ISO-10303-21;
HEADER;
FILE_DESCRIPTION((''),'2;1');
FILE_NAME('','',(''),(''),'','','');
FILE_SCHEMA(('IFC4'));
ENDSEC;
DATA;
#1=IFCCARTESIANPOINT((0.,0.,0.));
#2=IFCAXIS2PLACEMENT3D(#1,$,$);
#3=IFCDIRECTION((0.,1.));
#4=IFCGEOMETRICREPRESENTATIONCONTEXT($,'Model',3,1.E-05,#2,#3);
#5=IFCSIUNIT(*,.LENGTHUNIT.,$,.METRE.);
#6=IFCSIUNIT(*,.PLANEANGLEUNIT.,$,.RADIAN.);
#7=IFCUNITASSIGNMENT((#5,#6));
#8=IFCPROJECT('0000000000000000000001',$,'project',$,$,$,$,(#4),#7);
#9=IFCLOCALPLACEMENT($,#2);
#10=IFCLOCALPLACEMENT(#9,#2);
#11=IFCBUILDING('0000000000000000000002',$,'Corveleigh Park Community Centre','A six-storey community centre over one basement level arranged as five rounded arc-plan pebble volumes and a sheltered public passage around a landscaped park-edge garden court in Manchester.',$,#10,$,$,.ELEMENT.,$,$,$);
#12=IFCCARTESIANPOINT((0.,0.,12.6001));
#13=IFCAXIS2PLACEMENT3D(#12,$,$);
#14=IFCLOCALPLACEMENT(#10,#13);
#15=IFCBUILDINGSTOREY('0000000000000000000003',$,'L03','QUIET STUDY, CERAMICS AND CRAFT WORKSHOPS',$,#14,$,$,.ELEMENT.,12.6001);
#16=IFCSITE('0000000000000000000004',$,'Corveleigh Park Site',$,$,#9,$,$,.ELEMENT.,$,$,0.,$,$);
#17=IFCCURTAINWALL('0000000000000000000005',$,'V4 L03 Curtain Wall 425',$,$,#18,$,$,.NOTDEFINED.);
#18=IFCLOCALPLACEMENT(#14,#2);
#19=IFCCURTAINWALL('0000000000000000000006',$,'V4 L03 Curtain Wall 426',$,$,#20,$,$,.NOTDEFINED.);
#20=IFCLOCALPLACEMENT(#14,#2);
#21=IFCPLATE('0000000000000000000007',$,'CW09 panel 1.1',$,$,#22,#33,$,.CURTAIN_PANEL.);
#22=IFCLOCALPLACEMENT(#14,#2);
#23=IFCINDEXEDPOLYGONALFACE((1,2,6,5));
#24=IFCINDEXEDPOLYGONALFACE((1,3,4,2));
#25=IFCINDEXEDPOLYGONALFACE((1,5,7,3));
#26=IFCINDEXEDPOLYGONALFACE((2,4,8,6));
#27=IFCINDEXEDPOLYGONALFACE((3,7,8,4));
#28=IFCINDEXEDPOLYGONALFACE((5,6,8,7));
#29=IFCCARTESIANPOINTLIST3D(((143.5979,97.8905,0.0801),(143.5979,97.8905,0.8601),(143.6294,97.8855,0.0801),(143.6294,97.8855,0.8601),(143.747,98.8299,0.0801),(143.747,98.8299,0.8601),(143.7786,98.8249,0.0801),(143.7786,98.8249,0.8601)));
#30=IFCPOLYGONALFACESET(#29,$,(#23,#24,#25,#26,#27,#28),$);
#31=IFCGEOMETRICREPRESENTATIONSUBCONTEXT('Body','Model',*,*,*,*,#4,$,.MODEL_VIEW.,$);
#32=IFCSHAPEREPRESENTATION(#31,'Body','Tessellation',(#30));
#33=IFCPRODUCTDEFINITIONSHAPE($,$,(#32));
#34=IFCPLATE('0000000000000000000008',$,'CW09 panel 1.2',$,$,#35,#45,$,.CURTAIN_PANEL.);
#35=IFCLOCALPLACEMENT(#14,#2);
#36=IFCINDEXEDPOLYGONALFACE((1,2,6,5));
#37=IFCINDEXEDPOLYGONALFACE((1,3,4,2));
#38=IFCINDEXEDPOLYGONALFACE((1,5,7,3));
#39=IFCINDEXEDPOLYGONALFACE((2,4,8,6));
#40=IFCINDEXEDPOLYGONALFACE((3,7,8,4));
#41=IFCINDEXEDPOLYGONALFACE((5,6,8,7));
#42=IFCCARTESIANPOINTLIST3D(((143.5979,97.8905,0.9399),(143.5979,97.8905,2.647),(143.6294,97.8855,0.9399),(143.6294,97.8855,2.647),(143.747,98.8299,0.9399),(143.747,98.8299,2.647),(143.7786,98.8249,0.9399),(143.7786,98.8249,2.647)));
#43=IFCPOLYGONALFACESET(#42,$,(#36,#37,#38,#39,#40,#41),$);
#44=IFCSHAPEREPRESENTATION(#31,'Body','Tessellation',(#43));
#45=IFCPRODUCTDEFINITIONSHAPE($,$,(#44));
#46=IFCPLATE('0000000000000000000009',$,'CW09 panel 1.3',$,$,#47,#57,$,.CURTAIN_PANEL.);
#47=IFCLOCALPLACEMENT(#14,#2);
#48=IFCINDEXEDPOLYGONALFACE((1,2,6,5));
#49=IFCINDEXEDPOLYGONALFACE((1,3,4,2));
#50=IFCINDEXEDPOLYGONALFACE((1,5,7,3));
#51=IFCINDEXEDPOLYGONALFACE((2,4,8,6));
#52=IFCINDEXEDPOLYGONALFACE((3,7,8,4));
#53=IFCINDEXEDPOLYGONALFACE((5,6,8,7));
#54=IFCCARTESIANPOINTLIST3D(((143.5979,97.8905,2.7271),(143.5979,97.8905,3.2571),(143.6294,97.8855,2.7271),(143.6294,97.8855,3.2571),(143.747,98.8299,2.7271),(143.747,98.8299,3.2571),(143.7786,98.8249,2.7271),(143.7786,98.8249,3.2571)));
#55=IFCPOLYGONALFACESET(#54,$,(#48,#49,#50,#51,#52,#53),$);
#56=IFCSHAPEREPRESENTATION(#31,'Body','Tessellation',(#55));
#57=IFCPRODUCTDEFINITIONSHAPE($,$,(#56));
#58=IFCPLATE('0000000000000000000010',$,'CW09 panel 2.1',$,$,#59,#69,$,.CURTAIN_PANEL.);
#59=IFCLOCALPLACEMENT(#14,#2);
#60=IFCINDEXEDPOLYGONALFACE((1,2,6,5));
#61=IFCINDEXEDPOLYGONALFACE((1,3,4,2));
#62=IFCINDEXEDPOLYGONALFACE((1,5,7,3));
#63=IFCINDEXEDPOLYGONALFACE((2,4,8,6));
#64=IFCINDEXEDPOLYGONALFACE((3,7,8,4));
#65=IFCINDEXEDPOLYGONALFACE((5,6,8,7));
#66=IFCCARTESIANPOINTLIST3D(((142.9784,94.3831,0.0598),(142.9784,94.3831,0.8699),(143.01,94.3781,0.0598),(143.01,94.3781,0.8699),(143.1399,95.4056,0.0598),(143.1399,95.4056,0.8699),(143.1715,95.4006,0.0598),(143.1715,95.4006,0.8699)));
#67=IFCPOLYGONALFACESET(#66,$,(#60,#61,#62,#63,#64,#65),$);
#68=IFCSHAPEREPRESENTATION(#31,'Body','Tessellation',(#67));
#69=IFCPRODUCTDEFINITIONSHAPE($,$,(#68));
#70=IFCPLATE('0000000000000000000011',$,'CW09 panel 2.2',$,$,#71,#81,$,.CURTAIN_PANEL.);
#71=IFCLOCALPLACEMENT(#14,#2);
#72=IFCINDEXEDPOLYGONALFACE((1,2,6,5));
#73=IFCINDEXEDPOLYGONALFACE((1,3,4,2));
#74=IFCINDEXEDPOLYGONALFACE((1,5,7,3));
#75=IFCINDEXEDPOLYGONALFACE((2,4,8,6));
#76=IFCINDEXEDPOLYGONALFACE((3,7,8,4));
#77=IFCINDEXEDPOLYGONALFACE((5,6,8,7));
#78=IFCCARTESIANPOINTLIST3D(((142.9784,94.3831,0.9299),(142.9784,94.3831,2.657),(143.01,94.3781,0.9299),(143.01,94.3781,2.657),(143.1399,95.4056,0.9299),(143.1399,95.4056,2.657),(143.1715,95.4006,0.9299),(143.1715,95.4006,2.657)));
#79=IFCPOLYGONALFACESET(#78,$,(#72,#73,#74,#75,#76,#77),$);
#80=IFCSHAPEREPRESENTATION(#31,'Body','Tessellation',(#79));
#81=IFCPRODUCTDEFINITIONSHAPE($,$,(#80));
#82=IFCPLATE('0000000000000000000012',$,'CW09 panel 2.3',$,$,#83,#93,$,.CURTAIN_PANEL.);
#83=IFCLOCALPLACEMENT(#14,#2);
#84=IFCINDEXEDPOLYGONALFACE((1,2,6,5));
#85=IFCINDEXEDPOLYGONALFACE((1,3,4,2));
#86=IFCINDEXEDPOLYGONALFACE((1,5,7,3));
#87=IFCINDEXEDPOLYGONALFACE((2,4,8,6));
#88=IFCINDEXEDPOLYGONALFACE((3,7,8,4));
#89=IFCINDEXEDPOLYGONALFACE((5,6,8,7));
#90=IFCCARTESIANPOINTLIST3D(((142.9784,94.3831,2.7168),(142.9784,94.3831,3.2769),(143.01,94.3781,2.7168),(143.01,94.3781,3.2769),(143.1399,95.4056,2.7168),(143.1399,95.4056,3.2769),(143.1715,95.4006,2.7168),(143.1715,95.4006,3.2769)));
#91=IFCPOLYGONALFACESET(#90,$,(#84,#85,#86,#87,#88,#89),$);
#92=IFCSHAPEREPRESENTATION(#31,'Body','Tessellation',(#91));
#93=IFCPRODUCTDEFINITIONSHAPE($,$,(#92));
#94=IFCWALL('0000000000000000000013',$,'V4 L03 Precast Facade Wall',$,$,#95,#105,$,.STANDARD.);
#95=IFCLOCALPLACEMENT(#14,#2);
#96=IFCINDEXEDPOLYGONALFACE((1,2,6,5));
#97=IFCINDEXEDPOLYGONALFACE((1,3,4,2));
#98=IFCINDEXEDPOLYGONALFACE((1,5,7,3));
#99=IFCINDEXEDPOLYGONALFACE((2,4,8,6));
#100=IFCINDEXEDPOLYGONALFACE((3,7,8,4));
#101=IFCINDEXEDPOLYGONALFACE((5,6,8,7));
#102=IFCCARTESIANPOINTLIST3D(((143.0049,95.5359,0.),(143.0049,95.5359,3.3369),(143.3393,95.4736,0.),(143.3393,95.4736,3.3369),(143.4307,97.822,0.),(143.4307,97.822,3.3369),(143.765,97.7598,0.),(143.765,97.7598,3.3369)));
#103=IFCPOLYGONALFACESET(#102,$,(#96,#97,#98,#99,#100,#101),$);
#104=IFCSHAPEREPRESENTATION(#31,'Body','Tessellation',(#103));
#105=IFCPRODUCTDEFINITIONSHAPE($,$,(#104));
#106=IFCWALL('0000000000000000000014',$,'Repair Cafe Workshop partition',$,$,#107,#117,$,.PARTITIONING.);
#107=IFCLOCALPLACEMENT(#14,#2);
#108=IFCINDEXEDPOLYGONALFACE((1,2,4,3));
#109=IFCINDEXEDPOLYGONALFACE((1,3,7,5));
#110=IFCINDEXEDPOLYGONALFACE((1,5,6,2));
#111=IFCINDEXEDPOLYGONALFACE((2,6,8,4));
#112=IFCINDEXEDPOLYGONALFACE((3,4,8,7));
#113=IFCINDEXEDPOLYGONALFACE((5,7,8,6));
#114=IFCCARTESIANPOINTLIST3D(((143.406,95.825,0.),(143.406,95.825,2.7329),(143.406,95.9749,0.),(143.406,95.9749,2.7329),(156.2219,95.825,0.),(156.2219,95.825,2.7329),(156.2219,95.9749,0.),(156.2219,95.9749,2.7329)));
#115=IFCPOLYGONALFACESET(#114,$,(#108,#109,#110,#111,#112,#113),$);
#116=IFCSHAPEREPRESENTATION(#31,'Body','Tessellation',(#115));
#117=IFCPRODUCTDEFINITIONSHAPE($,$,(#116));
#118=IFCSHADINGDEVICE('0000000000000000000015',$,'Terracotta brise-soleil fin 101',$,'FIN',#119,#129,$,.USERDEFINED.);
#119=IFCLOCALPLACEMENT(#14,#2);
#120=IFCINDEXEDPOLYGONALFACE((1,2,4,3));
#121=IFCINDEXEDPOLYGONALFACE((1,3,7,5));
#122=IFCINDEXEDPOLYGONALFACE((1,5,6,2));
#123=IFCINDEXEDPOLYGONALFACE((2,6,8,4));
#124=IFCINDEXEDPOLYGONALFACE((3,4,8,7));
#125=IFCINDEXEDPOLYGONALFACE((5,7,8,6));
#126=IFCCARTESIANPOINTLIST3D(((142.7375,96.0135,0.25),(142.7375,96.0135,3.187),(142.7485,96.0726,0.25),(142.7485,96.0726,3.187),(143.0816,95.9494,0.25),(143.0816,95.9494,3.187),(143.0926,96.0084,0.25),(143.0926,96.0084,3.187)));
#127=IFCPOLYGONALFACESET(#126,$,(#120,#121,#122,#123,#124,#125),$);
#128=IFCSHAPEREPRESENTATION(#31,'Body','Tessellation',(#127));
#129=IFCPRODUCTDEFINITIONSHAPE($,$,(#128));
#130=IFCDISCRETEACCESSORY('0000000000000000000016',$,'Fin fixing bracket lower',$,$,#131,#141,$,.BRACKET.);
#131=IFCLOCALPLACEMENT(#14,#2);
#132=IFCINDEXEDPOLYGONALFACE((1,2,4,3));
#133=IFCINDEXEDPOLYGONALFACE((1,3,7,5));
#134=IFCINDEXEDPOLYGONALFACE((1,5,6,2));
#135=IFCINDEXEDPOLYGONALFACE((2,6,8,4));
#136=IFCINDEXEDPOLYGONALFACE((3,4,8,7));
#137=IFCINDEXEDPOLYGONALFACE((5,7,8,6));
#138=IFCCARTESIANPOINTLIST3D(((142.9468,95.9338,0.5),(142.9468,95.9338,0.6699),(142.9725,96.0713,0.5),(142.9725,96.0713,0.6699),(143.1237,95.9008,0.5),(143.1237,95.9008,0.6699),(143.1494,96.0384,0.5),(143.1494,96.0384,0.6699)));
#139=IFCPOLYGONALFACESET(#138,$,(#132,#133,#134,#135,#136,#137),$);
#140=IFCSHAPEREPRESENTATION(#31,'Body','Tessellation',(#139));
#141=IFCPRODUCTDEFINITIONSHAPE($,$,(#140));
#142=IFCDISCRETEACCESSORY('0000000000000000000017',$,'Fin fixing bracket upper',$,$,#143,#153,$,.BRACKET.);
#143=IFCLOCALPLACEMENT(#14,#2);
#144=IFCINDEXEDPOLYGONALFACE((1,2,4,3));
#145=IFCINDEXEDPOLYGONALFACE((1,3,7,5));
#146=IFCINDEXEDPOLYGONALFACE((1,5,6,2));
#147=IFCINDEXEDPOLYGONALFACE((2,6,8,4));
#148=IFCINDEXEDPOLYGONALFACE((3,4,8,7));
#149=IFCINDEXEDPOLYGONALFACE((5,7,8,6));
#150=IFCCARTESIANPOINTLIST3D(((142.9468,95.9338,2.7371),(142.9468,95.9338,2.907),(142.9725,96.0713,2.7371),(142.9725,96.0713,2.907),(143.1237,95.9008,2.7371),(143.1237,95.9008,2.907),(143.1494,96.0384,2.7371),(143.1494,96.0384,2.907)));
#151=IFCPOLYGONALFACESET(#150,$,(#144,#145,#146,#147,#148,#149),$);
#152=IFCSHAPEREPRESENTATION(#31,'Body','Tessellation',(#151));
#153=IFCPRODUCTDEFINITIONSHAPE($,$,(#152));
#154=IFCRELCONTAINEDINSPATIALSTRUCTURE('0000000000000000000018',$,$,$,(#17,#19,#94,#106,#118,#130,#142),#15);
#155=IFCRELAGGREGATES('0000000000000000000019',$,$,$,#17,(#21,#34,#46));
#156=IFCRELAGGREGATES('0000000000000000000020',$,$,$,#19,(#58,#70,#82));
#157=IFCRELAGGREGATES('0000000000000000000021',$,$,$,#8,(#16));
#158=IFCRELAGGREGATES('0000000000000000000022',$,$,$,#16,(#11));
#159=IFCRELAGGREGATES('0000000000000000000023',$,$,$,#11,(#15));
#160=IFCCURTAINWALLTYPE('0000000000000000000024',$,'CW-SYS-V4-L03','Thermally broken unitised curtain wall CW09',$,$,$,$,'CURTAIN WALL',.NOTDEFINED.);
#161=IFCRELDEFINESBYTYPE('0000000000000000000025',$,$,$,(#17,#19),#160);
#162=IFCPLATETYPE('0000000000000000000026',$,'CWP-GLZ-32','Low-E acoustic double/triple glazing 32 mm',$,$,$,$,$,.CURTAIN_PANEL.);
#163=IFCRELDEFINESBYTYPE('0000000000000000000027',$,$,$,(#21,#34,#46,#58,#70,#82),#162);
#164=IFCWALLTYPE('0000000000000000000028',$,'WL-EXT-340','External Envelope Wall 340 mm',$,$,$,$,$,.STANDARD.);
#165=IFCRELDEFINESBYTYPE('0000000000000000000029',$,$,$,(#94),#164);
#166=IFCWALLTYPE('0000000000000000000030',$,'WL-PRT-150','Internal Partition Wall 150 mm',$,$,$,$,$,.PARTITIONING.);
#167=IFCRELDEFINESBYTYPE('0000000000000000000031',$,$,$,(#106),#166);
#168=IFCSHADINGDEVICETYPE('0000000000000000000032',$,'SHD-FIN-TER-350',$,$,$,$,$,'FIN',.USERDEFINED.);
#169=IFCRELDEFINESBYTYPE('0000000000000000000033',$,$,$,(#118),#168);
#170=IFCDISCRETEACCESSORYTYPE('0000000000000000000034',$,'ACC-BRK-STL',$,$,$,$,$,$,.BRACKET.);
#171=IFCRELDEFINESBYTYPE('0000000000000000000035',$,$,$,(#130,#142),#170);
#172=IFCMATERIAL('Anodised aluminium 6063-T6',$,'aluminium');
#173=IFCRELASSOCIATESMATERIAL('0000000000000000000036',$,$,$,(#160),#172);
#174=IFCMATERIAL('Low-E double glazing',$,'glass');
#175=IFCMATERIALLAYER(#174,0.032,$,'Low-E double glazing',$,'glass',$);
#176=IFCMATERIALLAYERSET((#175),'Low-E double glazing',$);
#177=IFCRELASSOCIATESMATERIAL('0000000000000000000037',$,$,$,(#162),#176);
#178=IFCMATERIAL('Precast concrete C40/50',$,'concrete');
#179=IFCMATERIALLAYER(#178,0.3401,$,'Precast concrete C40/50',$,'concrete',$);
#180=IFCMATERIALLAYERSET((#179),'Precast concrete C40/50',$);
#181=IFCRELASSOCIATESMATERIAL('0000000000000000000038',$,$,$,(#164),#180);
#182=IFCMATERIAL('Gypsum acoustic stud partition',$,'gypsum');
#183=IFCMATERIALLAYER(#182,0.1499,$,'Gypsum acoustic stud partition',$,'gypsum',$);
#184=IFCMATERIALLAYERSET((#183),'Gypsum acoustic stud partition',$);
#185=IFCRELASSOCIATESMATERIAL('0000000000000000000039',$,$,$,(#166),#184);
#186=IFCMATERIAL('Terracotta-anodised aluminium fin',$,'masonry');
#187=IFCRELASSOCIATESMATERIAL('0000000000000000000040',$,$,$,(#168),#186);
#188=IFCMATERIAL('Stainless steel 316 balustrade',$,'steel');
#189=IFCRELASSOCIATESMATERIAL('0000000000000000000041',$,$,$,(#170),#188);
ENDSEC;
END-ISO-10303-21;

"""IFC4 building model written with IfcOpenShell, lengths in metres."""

from ifc_helpers import new_model, si_unit, direction, frame, frame_2d, origin, origin_2d, place, context, subcontext, project, spatial, rectangle, extrude, material, layer, layer_set, type_object, element, aggregate, save


model = new_model("IFC4")

# Units and contexts
model_context = context("Model", 3, precision=1e-05, world=origin(), true_north=direction((0.0, 1.0)))
body_context = subcontext(model_context, "Body", "Model", "MODEL_VIEW")
ifc_project = project(units=[si_unit("LENGTHUNIT", "METRE"), si_unit("PLANEANGLEUNIT", "RADIAN")], contexts=[model_context])

# Site, building, storey
site_placement = place(None, origin())
site = spatial("IfcSite", under=ifc_project, at=site_placement, Name="Corveleigh Park Site", CompositionType="ELEMENT", RefElevation=0.0)
building_placement = place(site_placement, origin())
building = spatial("IfcBuilding", under=site, at=building_placement, Name="Corveleigh Park Community Centre", Description="A six-storey community centre over one basement level arranged as five rounded arc-plan pebble volumes and a sheltered public passage around a landscaped park-edge garden court in Manchester.", CompositionType="ELEMENT")
storey_placement = place(building_placement, frame((0.0, 0.0, 12.6001)))
storey = spatial("IfcBuildingStorey", under=building, at=storey_placement, Name="L03", Description="QUIET STUDY, CERAMICS AND CRAFT WORKSHOPS", CompositionType="ELEMENT", Elevation=12.6001)

# Curtain walls
ifc_material_1 = material(Name="Anodised aluminium 6063-T6", Category="aluminium")
curtain_wall_type = type_object("IfcCurtainWallType", Name="CW-SYS-V4-L03", Description="Thermally broken unitised curtain wall CW09", ElementType="CURTAIN WALL", PredefinedType="NOTDEFINED", material=ifc_material_1)
curtain_wall_1_placement = place(storey_placement, origin())
curtain_wall_1 = element("IfcCurtainWall", 1, at=curtain_wall_1_placement, inside=storey, type_object=curtain_wall_type, Name="V4 L03 Curtain Wall 425", PredefinedType="NOTDEFINED")
curtain_wall_2_placement = place(storey_placement, origin())
curtain_wall_2 = element("IfcCurtainWall", 2, at=curtain_wall_2_placement, inside=storey, type_object=curtain_wall_type, Name="V4 L03 Curtain Wall 426", PredefinedType="NOTDEFINED")

# Plates
ifc_material_2 = material(Name="Low-E double glazing", Category="glass")
ifc_layer_1 = layer(ifc_material_2, 0.032, Name="Low-E double glazing", Category="glass")
ifc_layer_set_1 = layer_set([ifc_layer_1], Name="Low-E double glazing")
plate_type = type_object("IfcPlateType", Name="CWP-GLZ-32", Description="Low-E acoustic double/triple glazing 32 mm", PredefinedType="CURTAIN_PANEL", material=ifc_layer_set_1)
plate_1_placement = place(storey_placement, frame((143.6882, 98.3577, 0.0801), z_axis=(0.0, 0.0, 1.0), x_axis=(0.156825, 0.987626, 0.0)))
plate_1 = element("IfcPlate", 3, at=plate_1_placement, type_object=plate_type, Name="CW09 panel 1.1", PredefinedType="CURTAIN_PANEL", context=body_context, shape_type="SweptSolid", body=[
    extrude(rectangle(XDim=0.9512, YDim=0.032, at=origin_2d()), origin(), (0.0, 0.0, 1.0), 0.78),
])
plate_2_placement = place(storey_placement, frame((143.6882, 98.3577, 0.9399), z_axis=(0.0, 0.0, 1.0), x_axis=(0.156825, 0.987626, 0.0)))
plate_2 = element("IfcPlate", 4, at=plate_2_placement, type_object=plate_type, Name="CW09 panel 1.2", PredefinedType="CURTAIN_PANEL", context=body_context, shape_type="SweptSolid", body=[
    extrude(rectangle(XDim=0.9512, YDim=0.032, at=origin_2d()), origin(), (0.0, 0.0, 1.0), 1.707),
])
plate_3_placement = place(storey_placement, frame((143.6882, 98.3577, 2.7271), z_axis=(0.0, 0.0, 1.0), x_axis=(0.156825, 0.987626, 0.0)))
plate_3 = element("IfcPlate", 5, at=plate_3_placement, type_object=plate_type, Name="CW09 panel 1.3", PredefinedType="CURTAIN_PANEL", context=body_context, shape_type="SweptSolid", body=[
    extrude(rectangle(XDim=0.9512, YDim=0.032, at=origin_2d()), origin(), (0.0, 0.0, 1.0), 0.53),
])
aggregate(curtain_wall_1, [plate_1, plate_2, plate_3])
plate_4_placement = place(storey_placement, frame((143.075, 94.8918, 0.0598), z_axis=(0.0, 0.0, 1.0), x_axis=(0.156095, 0.987742, 0.0)))
plate_4 = element("IfcPlate", 6, at=plate_4_placement, type_object=plate_type, Name="CW09 panel 2.1", PredefinedType="CURTAIN_PANEL", context=body_context, shape_type="SweptSolid", body=[
    extrude(rectangle(XDim=1.0352, YDim=0.032, at=origin_2d()), origin(), (0.0, 0.0, 1.0), 0.8101),
])
plate_5_placement = place(storey_placement, frame((143.075, 94.8918, 0.9299), z_axis=(0.0, 0.0, 1.0), x_axis=(0.156095, 0.987742, 0.0)))
plate_5 = element("IfcPlate", 7, at=plate_5_placement, type_object=plate_type, Name="CW09 panel 2.2", PredefinedType="CURTAIN_PANEL", context=body_context, shape_type="SweptSolid", body=[
    extrude(rectangle(XDim=1.0352, YDim=0.032, at=origin_2d()), origin(), (0.0, 0.0, 1.0), 1.7271),
])
plate_6_placement = place(storey_placement, frame((143.075, 94.8918, 2.7168), z_axis=(0.0, 0.0, 1.0), x_axis=(0.156095, 0.987742, 0.0)))
plate_6 = element("IfcPlate", 8, at=plate_6_placement, type_object=plate_type, Name="CW09 panel 2.3", PredefinedType="CURTAIN_PANEL", context=body_context, shape_type="SweptSolid", body=[
    extrude(rectangle(XDim=1.0352, YDim=0.032, at=origin_2d()), origin(), (0.0, 0.0, 1.0), 0.5601),
])
aggregate(curtain_wall_2, [plate_4, plate_5, plate_6])

# Walls
ifc_material_3 = material(Name="Precast concrete C40/50", Category="concrete")
ifc_layer_2 = layer(ifc_material_3, 0.3401, Name="Precast concrete C40/50", Category="concrete")
ifc_layer_set_2 = layer_set([ifc_layer_2], Name="Precast concrete C40/50")
wall_type_1 = type_object("IfcWallType", Name="WL-EXT-340", Description="External Envelope Wall 340 mm", PredefinedType="STANDARD", material=ifc_layer_set_2)
wall_1_placement = place(storey_placement, frame((143.1721, 95.5049, 0.0), z_axis=(0.0, 0.0, 1.0), x_axis=(0.183097, 0.983095, 0.0)))
element("IfcWall", 9, at=wall_1_placement, inside=storey, type_object=wall_type_1, Name="V4 L03 Precast Facade Wall", PredefinedType="STANDARD", context=body_context, shape_type="SweptSolid", body=[
    extrude(rectangle(XDim=2.3254, YDim=0.3401, at=frame_2d((1.1626, 0.0))), origin(), (0.0, 0.0, 1.0), 3.3369),
])
ifc_material_4 = material(Name="Gypsum acoustic stud partition", Category="gypsum")
ifc_layer_3 = layer(ifc_material_4, 0.1499, Name="Gypsum acoustic stud partition", Category="gypsum")
ifc_layer_set_3 = layer_set([ifc_layer_3], Name="Gypsum acoustic stud partition")
wall_type_2 = type_object("IfcWallType", Name="WL-PRT-150", Description="Internal Partition Wall 150 mm", PredefinedType="PARTITIONING", material=ifc_layer_set_3)
wall_2_placement = place(storey_placement, frame((143.406, 95.8999, 0.0), z_axis=(0.0, 0.0, 1.0), x_axis=(1.0, 0.0, 0.0)))
element("IfcWall", 10, at=wall_2_placement, inside=storey, type_object=wall_type_2, Name="Repair Cafe Workshop partition", PredefinedType="PARTITIONING", context=body_context, shape_type="SweptSolid", body=[
    extrude(rectangle(XDim=12.8159, YDim=0.1499, at=frame_2d((6.408, 0.0))), origin(), (0.0, 0.0, 1.0), 2.7329),
])

# Shading device
ifc_material_5 = material(Name="Terracotta-anodised aluminium fin", Category="masonry")
shading_device_type = type_object("IfcShadingDeviceType", Name="SHD-FIN-TER-350", ElementType="FIN", PredefinedType="USERDEFINED", material=ifc_material_5)
shading_device_placement = place(storey_placement, frame((142.915, 96.011, 0.25), z_axis=(0.0, 0.0, 1.0), x_axis=(-0.983076, 0.183198, 0.0)))
element("IfcShadingDevice", 11, at=shading_device_placement, inside=storey, type_object=shading_device_type, Name="Terracotta brise-soleil fin 101", ObjectType="FIN", PredefinedType="USERDEFINED", context=body_context, shape_type="SweptSolid", body=[
    extrude(rectangle(XDim=0.3501, YDim=0.0601, at=origin_2d()), origin(), (0.0, 0.0, 1.0), 2.937),
])

# Discrete accessories
ifc_material_6 = material(Name="Stainless steel 316 balustrade", Category="steel")
discrete_accessory_type = type_object("IfcDiscreteAccessoryType", Name="ACC-BRK-STL", PredefinedType="BRACKET", material=ifc_material_6)
for number, where, z_axis, x_axis, name in (
    (12, (143.0481, 95.9861, 0.5), (0.0, 0.0, 1.0), (-0.983076, 0.183198, 0.0), "Fin fixing bracket lower"),
    (13, (143.0481, 95.9861, 2.7371), (0.0, 0.0, 1.0), (-0.983076, 0.183198, 0.0), "Fin fixing bracket upper"),
):
    element("IfcDiscreteAccessory", number, at=place(storey_placement, frame(where, z_axis=z_axis, x_axis=x_axis)), inside=storey, type_object=discrete_accessory_type, Name=name, PredefinedType="BRACKET", context=body_context, shape_type="SweptSolid", body=[
        extrude(rectangle(XDim=0.1799, YDim=0.1399, at=origin_2d()), origin(), (0.0, 0.0, 1.0), 0.1699),
    ])

save(model, "model.ifc")
